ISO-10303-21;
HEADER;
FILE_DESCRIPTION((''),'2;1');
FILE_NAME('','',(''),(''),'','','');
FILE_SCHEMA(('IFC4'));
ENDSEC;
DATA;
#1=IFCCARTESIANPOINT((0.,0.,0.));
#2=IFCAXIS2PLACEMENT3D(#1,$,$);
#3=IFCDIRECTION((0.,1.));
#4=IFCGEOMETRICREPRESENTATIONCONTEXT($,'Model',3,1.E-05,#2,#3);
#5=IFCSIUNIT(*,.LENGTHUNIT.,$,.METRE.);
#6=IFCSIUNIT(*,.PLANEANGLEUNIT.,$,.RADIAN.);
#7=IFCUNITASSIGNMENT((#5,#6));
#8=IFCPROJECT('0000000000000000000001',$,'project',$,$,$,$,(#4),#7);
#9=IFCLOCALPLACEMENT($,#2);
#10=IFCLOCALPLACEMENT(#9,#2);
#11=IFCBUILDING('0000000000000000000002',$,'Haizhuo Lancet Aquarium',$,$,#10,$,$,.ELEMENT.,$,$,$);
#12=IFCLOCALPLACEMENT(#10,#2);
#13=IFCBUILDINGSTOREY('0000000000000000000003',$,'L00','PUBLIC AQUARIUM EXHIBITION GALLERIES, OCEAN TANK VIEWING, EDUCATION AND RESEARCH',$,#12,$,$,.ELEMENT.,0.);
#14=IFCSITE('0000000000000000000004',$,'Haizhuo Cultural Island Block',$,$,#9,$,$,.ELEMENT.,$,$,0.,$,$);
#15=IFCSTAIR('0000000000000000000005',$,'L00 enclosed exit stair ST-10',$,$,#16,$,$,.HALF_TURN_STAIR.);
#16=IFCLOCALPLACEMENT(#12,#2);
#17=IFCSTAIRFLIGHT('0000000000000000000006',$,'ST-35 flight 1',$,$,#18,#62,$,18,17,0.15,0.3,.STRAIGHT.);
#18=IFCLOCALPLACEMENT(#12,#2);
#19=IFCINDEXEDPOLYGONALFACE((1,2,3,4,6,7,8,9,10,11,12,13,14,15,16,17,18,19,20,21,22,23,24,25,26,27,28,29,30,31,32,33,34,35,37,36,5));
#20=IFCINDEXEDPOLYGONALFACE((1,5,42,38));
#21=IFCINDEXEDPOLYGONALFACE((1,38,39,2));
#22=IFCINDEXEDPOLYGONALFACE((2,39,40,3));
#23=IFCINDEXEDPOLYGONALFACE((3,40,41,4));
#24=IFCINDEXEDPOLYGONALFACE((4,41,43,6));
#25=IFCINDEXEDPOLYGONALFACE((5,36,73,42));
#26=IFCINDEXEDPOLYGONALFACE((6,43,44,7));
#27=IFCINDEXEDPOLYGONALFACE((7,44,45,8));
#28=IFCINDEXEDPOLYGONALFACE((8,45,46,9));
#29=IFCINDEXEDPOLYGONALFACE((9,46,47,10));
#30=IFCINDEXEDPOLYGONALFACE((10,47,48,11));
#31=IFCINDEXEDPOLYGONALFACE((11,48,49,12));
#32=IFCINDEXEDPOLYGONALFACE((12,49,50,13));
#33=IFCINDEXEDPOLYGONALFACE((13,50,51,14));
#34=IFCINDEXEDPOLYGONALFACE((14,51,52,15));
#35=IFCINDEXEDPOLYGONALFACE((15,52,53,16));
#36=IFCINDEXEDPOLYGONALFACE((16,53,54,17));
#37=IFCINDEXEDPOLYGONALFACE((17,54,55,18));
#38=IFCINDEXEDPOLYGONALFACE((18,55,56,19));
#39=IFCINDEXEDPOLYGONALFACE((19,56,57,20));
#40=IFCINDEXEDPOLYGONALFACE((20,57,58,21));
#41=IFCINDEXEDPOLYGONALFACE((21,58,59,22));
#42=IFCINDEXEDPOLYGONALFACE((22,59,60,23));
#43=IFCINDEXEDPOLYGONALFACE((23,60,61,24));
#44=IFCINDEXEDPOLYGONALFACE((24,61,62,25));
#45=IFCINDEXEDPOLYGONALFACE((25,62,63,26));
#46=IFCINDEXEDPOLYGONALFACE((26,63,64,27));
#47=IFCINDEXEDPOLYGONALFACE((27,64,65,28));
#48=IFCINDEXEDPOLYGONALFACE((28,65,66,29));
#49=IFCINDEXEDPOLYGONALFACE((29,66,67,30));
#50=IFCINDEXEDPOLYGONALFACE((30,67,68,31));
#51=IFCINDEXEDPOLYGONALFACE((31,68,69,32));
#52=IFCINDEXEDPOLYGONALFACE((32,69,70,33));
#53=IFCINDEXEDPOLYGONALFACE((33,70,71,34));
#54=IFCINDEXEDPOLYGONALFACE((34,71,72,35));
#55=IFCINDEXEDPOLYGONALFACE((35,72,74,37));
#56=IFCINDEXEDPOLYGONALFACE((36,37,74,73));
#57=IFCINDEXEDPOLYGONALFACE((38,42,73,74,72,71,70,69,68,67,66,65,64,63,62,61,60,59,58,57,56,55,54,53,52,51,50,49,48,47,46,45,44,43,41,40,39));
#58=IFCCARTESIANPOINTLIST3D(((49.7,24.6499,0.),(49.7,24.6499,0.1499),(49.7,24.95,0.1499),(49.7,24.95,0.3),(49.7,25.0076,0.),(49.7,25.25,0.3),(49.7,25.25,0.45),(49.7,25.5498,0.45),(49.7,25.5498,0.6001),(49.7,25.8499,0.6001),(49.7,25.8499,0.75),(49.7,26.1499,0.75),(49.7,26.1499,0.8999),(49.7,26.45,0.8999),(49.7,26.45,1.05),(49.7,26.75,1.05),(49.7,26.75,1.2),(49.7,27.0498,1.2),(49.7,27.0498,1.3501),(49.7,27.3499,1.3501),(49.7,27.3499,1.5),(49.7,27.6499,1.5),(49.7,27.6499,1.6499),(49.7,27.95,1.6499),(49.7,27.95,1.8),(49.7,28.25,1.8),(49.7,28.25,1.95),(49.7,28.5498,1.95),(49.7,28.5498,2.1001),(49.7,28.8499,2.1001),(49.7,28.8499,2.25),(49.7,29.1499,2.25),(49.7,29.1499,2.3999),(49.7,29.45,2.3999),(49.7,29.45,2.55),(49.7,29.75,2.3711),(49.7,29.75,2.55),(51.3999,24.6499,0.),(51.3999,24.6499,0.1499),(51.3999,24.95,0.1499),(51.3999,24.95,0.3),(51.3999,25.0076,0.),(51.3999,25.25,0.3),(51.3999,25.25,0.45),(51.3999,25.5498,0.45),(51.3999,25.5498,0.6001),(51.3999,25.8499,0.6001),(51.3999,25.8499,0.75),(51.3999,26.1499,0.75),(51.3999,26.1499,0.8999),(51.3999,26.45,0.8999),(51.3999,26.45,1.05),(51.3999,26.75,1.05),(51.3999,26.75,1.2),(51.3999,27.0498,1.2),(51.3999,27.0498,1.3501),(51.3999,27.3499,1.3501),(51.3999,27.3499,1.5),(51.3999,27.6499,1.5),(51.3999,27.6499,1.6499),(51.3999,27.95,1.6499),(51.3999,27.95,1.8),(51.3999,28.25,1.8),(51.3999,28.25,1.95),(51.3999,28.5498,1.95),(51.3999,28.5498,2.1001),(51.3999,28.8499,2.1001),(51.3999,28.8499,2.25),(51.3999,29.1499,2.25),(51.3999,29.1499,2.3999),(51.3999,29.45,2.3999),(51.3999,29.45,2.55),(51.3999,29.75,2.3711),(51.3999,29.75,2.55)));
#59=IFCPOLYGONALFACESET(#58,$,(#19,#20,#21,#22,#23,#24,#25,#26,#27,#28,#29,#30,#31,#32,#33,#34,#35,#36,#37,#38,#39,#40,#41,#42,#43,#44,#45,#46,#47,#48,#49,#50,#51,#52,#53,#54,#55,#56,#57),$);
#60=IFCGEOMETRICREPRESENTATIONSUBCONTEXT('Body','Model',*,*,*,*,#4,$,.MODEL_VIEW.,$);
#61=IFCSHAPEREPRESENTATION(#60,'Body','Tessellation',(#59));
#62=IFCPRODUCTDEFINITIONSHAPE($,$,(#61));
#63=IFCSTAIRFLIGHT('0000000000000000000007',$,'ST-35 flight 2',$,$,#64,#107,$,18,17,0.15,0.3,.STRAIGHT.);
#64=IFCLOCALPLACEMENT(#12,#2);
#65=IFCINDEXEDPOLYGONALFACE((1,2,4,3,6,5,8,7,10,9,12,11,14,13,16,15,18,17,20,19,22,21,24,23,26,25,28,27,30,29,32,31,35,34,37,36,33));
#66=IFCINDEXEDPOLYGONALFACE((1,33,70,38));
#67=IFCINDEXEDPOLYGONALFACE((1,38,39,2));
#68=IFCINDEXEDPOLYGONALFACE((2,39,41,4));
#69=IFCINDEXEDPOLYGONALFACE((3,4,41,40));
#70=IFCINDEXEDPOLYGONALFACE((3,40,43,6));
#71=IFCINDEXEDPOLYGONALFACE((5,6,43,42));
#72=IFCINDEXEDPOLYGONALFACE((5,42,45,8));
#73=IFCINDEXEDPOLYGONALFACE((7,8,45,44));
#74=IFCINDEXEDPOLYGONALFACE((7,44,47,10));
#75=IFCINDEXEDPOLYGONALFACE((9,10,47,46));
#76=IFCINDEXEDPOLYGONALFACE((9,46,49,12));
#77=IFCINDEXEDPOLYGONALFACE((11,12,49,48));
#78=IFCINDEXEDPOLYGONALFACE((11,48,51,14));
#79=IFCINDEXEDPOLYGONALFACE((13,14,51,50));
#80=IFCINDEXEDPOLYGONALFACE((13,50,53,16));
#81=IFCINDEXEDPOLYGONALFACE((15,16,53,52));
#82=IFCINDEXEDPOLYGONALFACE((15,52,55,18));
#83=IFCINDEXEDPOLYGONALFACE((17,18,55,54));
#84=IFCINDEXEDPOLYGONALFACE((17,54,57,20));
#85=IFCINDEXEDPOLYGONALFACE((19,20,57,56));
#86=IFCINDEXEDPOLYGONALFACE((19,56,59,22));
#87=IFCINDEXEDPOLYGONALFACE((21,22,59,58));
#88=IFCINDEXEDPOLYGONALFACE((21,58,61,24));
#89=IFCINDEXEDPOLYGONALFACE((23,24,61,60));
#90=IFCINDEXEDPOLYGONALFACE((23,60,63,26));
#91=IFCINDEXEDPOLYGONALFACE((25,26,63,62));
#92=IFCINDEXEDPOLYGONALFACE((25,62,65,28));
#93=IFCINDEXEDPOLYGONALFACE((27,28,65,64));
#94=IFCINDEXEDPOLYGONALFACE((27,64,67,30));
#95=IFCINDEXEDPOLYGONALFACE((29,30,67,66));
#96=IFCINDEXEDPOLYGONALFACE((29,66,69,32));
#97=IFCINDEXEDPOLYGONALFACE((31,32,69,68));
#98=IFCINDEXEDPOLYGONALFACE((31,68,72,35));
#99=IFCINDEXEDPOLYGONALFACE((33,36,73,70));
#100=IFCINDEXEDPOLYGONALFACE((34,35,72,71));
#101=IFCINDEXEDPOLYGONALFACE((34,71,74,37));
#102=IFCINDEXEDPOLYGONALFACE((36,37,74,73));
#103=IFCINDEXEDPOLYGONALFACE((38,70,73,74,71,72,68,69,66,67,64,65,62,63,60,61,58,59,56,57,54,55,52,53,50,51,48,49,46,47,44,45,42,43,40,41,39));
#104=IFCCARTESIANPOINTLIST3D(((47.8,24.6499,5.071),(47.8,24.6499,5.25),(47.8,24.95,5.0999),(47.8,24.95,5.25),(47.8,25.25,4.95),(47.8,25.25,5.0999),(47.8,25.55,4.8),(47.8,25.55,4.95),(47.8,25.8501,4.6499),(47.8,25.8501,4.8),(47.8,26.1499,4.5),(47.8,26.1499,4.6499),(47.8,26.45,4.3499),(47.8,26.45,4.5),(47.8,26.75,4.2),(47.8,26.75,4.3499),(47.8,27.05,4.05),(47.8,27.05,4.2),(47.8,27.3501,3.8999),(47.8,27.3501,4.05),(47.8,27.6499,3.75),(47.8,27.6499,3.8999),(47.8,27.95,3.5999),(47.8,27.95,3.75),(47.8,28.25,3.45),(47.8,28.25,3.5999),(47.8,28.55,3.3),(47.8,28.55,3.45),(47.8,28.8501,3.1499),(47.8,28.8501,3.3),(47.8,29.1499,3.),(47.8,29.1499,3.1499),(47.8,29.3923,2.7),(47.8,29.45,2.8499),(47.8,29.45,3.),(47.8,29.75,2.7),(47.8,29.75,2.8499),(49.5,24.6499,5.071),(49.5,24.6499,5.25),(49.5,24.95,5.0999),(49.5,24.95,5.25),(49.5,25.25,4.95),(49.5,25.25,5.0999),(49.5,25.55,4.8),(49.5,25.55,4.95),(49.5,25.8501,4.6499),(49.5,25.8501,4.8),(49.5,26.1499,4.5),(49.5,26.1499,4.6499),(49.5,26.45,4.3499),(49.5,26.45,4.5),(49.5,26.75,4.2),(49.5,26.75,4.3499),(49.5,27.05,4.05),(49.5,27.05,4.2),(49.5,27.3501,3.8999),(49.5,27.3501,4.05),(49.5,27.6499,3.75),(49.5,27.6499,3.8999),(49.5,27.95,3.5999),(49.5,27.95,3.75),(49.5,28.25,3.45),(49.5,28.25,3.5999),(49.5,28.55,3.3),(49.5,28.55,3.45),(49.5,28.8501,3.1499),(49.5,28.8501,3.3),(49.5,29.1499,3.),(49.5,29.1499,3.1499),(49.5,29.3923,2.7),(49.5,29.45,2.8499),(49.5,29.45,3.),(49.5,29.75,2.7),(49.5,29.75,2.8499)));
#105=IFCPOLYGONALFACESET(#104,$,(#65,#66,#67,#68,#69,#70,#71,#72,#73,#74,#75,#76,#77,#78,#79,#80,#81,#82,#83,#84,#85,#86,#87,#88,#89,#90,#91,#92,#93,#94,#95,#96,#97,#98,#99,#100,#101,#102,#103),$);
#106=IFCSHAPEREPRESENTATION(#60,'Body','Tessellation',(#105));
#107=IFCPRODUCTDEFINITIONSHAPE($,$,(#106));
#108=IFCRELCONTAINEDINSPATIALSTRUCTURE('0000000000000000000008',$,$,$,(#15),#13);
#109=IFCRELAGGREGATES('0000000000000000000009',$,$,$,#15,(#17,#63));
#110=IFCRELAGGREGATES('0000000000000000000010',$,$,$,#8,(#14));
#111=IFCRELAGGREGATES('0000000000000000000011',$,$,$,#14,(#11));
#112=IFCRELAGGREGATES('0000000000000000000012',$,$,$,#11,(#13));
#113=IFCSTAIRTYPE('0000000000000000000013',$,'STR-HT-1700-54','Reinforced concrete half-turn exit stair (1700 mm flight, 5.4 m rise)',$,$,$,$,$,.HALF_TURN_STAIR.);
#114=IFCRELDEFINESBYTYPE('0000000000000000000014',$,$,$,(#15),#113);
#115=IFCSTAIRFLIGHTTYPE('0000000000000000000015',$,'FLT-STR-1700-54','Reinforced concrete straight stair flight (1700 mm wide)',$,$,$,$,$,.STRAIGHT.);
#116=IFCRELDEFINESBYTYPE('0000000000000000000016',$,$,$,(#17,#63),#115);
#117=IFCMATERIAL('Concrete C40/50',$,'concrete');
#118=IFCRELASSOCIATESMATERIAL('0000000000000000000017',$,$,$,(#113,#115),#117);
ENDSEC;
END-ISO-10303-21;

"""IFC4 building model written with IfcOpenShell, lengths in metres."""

from ifc_helpers import new_model, si_unit, direction, frame, origin, place, context, subcontext, project, spatial, polyline, outline, extrude, material, type_object, element, aggregate, save


model = new_model("IFC4")

# Units and contexts
model_context = context("Model", 3, precision=1e-05, world=origin(), true_north=direction((0.0, 1.0)))
body_context = subcontext(model_context, "Body", "Model", "MODEL_VIEW")
ifc_project = project(units=[si_unit("LENGTHUNIT", "METRE"), si_unit("PLANEANGLEUNIT", "RADIAN")], contexts=[model_context])

# Site, building, storey
site_placement = place(None, origin())
site = spatial("IfcSite", under=ifc_project, at=site_placement, Name="Haizhuo Cultural Island Block", CompositionType="ELEMENT", RefElevation=0.0)
building_placement = place(site_placement, origin())
building = spatial("IfcBuilding", under=site, at=building_placement, Name="Haizhuo Lancet Aquarium", CompositionType="ELEMENT")
storey_placement = place(building_placement, origin())
storey = spatial("IfcBuildingStorey", under=building, at=storey_placement, Name="L00", Description="PUBLIC AQUARIUM EXHIBITION GALLERIES, OCEAN TANK VIEWING, EDUCATION AND RESEARCH", CompositionType="ELEMENT", Elevation=0.0)

# Shared definitions
ifc_material_1 = material(Name="Concrete C40/50", Category="concrete")

# Stair, stair flights
stair_type = type_object("IfcStairType", Name="STR-HT-1700-54", Description="Reinforced concrete half-turn exit stair (1700 mm flight, 5.4 m rise)", PredefinedType="HALF_TURN_STAIR", material=ifc_material_1)
stair_placement = place(storey_placement, origin())
stair = element("IfcStair", 1, at=stair_placement, inside=storey, type_object=stair_type, Name="L00 enclosed exit stair ST-10", PredefinedType="HALF_TURN_STAIR")
stair_flight_type = type_object("IfcStairFlightType", Name="FLT-STR-1700-54", Description="Reinforced concrete straight stair flight (1700 mm wide)", PredefinedType="STRAIGHT", material=ifc_material_1)
stair_flight_1_placement = place(storey_placement, frame((50.55, 24.6499, 0.0), z_axis=(0.0, 0.0, 1.0), x_axis=(0.0, 1.0, 0.0)))
stair_flight_1 = element("IfcStairFlight", 2, at=stair_flight_1_placement, type_object=stair_flight_type, Name="ST-35 flight 1", NumberOfRisers=18, NumberOfTreads=17, PredefinedType="STRAIGHT", RiserHeight=0.15, TreadLength=0.3, context=body_context, shape_type="SweptSolid", body=[
    extrude(outline(polyline([(0.0, 0.0), (0.0, 0.1499), (0.3, 0.1499), (0.3, 0.3), (0.6001, 0.3), (0.6001, 0.45), (0.8999, 0.45), (0.8999, 0.6001), (1.2, 0.6001), (1.2, 0.75), (1.5, 0.75), (1.5, 0.8999), (1.8, 0.8999), (1.8, 1.05), (2.1001, 1.05), (2.1001, 1.2), (2.3999, 1.2), (2.3999, 1.3501), (2.7, 1.3501), (2.7, 1.5), (3.0, 1.5), (3.0, 1.6499), (3.3, 1.6499), (3.3, 1.8), (3.6001, 1.8), (3.6001, 1.95), (3.8999, 1.95), (3.8999, 2.1001), (4.2, 2.1001), (4.2, 2.25), (4.5, 2.25), (4.5, 2.3999), (4.8, 2.3999), (4.8, 2.55), (5.1001, 2.55), (5.1001, 2.7), (5.1001, 2.3711), (0.3577, 0.0), (0.0, 0.0)])), frame((0.0, 0.8501, 0.0), z_axis=(0.0, -1.0, 0.0), x_axis=(1.0, 0.0, 0.0)), (0.0, 0.0, 1.0), 1.7),
])
stair_flight_2_placement = place(storey_placement, frame((48.6499, 29.75, 2.7), z_axis=(0.0, 0.0, 1.0), x_axis=(0.0, -1.0, 0.0)))
stair_flight_2 = element("IfcStairFlight", 3, at=stair_flight_2_placement, type_object=stair_flight_type, Name="ST-35 flight 2", NumberOfRisers=18, NumberOfTreads=17, PredefinedType="STRAIGHT", RiserHeight=0.15, TreadLength=0.3, context=body_context, shape_type="SweptSolid", body=[
    extrude(outline(polyline([(0.0, 0.0), (0.0, 0.1499), (0.3, 0.1499), (0.3, 0.3), (0.6001, 0.3), (0.6001, 0.45), (0.8999, 0.45), (0.8999, 0.6001), (1.2, 0.6001), (1.2, 0.75), (1.5, 0.75), (1.5, 0.8999), (1.8, 0.8999), (1.8, 1.05), (2.1001, 1.05), (2.1001, 1.2), (2.3999, 1.2), (2.3999, 1.3501), (2.7, 1.3501), (2.7, 1.5), (3.0, 1.5), (3.0, 1.6499), (3.3, 1.6499), (3.3, 1.8), (3.6001, 1.8), (3.6001, 1.95), (3.8999, 1.95), (3.8999, 2.1001), (4.2, 2.1001), (4.2, 2.25), (4.5, 2.25), (4.5, 2.3999), (4.8, 2.3999), (4.8, 2.55), (5.1001, 2.55), (5.1001, 2.7), (5.1001, 2.3711), (0.3577, 0.0), (0.0, 0.0)])), frame((0.0, 0.8501, 0.0), z_axis=(0.0, -1.0, 0.0), x_axis=(1.0, 0.0, 0.0)), (0.0, 0.0, 1.0), 1.7),
])
aggregate(stair, [stair_flight_1, stair_flight_2])

save(model, "model.ifc")
